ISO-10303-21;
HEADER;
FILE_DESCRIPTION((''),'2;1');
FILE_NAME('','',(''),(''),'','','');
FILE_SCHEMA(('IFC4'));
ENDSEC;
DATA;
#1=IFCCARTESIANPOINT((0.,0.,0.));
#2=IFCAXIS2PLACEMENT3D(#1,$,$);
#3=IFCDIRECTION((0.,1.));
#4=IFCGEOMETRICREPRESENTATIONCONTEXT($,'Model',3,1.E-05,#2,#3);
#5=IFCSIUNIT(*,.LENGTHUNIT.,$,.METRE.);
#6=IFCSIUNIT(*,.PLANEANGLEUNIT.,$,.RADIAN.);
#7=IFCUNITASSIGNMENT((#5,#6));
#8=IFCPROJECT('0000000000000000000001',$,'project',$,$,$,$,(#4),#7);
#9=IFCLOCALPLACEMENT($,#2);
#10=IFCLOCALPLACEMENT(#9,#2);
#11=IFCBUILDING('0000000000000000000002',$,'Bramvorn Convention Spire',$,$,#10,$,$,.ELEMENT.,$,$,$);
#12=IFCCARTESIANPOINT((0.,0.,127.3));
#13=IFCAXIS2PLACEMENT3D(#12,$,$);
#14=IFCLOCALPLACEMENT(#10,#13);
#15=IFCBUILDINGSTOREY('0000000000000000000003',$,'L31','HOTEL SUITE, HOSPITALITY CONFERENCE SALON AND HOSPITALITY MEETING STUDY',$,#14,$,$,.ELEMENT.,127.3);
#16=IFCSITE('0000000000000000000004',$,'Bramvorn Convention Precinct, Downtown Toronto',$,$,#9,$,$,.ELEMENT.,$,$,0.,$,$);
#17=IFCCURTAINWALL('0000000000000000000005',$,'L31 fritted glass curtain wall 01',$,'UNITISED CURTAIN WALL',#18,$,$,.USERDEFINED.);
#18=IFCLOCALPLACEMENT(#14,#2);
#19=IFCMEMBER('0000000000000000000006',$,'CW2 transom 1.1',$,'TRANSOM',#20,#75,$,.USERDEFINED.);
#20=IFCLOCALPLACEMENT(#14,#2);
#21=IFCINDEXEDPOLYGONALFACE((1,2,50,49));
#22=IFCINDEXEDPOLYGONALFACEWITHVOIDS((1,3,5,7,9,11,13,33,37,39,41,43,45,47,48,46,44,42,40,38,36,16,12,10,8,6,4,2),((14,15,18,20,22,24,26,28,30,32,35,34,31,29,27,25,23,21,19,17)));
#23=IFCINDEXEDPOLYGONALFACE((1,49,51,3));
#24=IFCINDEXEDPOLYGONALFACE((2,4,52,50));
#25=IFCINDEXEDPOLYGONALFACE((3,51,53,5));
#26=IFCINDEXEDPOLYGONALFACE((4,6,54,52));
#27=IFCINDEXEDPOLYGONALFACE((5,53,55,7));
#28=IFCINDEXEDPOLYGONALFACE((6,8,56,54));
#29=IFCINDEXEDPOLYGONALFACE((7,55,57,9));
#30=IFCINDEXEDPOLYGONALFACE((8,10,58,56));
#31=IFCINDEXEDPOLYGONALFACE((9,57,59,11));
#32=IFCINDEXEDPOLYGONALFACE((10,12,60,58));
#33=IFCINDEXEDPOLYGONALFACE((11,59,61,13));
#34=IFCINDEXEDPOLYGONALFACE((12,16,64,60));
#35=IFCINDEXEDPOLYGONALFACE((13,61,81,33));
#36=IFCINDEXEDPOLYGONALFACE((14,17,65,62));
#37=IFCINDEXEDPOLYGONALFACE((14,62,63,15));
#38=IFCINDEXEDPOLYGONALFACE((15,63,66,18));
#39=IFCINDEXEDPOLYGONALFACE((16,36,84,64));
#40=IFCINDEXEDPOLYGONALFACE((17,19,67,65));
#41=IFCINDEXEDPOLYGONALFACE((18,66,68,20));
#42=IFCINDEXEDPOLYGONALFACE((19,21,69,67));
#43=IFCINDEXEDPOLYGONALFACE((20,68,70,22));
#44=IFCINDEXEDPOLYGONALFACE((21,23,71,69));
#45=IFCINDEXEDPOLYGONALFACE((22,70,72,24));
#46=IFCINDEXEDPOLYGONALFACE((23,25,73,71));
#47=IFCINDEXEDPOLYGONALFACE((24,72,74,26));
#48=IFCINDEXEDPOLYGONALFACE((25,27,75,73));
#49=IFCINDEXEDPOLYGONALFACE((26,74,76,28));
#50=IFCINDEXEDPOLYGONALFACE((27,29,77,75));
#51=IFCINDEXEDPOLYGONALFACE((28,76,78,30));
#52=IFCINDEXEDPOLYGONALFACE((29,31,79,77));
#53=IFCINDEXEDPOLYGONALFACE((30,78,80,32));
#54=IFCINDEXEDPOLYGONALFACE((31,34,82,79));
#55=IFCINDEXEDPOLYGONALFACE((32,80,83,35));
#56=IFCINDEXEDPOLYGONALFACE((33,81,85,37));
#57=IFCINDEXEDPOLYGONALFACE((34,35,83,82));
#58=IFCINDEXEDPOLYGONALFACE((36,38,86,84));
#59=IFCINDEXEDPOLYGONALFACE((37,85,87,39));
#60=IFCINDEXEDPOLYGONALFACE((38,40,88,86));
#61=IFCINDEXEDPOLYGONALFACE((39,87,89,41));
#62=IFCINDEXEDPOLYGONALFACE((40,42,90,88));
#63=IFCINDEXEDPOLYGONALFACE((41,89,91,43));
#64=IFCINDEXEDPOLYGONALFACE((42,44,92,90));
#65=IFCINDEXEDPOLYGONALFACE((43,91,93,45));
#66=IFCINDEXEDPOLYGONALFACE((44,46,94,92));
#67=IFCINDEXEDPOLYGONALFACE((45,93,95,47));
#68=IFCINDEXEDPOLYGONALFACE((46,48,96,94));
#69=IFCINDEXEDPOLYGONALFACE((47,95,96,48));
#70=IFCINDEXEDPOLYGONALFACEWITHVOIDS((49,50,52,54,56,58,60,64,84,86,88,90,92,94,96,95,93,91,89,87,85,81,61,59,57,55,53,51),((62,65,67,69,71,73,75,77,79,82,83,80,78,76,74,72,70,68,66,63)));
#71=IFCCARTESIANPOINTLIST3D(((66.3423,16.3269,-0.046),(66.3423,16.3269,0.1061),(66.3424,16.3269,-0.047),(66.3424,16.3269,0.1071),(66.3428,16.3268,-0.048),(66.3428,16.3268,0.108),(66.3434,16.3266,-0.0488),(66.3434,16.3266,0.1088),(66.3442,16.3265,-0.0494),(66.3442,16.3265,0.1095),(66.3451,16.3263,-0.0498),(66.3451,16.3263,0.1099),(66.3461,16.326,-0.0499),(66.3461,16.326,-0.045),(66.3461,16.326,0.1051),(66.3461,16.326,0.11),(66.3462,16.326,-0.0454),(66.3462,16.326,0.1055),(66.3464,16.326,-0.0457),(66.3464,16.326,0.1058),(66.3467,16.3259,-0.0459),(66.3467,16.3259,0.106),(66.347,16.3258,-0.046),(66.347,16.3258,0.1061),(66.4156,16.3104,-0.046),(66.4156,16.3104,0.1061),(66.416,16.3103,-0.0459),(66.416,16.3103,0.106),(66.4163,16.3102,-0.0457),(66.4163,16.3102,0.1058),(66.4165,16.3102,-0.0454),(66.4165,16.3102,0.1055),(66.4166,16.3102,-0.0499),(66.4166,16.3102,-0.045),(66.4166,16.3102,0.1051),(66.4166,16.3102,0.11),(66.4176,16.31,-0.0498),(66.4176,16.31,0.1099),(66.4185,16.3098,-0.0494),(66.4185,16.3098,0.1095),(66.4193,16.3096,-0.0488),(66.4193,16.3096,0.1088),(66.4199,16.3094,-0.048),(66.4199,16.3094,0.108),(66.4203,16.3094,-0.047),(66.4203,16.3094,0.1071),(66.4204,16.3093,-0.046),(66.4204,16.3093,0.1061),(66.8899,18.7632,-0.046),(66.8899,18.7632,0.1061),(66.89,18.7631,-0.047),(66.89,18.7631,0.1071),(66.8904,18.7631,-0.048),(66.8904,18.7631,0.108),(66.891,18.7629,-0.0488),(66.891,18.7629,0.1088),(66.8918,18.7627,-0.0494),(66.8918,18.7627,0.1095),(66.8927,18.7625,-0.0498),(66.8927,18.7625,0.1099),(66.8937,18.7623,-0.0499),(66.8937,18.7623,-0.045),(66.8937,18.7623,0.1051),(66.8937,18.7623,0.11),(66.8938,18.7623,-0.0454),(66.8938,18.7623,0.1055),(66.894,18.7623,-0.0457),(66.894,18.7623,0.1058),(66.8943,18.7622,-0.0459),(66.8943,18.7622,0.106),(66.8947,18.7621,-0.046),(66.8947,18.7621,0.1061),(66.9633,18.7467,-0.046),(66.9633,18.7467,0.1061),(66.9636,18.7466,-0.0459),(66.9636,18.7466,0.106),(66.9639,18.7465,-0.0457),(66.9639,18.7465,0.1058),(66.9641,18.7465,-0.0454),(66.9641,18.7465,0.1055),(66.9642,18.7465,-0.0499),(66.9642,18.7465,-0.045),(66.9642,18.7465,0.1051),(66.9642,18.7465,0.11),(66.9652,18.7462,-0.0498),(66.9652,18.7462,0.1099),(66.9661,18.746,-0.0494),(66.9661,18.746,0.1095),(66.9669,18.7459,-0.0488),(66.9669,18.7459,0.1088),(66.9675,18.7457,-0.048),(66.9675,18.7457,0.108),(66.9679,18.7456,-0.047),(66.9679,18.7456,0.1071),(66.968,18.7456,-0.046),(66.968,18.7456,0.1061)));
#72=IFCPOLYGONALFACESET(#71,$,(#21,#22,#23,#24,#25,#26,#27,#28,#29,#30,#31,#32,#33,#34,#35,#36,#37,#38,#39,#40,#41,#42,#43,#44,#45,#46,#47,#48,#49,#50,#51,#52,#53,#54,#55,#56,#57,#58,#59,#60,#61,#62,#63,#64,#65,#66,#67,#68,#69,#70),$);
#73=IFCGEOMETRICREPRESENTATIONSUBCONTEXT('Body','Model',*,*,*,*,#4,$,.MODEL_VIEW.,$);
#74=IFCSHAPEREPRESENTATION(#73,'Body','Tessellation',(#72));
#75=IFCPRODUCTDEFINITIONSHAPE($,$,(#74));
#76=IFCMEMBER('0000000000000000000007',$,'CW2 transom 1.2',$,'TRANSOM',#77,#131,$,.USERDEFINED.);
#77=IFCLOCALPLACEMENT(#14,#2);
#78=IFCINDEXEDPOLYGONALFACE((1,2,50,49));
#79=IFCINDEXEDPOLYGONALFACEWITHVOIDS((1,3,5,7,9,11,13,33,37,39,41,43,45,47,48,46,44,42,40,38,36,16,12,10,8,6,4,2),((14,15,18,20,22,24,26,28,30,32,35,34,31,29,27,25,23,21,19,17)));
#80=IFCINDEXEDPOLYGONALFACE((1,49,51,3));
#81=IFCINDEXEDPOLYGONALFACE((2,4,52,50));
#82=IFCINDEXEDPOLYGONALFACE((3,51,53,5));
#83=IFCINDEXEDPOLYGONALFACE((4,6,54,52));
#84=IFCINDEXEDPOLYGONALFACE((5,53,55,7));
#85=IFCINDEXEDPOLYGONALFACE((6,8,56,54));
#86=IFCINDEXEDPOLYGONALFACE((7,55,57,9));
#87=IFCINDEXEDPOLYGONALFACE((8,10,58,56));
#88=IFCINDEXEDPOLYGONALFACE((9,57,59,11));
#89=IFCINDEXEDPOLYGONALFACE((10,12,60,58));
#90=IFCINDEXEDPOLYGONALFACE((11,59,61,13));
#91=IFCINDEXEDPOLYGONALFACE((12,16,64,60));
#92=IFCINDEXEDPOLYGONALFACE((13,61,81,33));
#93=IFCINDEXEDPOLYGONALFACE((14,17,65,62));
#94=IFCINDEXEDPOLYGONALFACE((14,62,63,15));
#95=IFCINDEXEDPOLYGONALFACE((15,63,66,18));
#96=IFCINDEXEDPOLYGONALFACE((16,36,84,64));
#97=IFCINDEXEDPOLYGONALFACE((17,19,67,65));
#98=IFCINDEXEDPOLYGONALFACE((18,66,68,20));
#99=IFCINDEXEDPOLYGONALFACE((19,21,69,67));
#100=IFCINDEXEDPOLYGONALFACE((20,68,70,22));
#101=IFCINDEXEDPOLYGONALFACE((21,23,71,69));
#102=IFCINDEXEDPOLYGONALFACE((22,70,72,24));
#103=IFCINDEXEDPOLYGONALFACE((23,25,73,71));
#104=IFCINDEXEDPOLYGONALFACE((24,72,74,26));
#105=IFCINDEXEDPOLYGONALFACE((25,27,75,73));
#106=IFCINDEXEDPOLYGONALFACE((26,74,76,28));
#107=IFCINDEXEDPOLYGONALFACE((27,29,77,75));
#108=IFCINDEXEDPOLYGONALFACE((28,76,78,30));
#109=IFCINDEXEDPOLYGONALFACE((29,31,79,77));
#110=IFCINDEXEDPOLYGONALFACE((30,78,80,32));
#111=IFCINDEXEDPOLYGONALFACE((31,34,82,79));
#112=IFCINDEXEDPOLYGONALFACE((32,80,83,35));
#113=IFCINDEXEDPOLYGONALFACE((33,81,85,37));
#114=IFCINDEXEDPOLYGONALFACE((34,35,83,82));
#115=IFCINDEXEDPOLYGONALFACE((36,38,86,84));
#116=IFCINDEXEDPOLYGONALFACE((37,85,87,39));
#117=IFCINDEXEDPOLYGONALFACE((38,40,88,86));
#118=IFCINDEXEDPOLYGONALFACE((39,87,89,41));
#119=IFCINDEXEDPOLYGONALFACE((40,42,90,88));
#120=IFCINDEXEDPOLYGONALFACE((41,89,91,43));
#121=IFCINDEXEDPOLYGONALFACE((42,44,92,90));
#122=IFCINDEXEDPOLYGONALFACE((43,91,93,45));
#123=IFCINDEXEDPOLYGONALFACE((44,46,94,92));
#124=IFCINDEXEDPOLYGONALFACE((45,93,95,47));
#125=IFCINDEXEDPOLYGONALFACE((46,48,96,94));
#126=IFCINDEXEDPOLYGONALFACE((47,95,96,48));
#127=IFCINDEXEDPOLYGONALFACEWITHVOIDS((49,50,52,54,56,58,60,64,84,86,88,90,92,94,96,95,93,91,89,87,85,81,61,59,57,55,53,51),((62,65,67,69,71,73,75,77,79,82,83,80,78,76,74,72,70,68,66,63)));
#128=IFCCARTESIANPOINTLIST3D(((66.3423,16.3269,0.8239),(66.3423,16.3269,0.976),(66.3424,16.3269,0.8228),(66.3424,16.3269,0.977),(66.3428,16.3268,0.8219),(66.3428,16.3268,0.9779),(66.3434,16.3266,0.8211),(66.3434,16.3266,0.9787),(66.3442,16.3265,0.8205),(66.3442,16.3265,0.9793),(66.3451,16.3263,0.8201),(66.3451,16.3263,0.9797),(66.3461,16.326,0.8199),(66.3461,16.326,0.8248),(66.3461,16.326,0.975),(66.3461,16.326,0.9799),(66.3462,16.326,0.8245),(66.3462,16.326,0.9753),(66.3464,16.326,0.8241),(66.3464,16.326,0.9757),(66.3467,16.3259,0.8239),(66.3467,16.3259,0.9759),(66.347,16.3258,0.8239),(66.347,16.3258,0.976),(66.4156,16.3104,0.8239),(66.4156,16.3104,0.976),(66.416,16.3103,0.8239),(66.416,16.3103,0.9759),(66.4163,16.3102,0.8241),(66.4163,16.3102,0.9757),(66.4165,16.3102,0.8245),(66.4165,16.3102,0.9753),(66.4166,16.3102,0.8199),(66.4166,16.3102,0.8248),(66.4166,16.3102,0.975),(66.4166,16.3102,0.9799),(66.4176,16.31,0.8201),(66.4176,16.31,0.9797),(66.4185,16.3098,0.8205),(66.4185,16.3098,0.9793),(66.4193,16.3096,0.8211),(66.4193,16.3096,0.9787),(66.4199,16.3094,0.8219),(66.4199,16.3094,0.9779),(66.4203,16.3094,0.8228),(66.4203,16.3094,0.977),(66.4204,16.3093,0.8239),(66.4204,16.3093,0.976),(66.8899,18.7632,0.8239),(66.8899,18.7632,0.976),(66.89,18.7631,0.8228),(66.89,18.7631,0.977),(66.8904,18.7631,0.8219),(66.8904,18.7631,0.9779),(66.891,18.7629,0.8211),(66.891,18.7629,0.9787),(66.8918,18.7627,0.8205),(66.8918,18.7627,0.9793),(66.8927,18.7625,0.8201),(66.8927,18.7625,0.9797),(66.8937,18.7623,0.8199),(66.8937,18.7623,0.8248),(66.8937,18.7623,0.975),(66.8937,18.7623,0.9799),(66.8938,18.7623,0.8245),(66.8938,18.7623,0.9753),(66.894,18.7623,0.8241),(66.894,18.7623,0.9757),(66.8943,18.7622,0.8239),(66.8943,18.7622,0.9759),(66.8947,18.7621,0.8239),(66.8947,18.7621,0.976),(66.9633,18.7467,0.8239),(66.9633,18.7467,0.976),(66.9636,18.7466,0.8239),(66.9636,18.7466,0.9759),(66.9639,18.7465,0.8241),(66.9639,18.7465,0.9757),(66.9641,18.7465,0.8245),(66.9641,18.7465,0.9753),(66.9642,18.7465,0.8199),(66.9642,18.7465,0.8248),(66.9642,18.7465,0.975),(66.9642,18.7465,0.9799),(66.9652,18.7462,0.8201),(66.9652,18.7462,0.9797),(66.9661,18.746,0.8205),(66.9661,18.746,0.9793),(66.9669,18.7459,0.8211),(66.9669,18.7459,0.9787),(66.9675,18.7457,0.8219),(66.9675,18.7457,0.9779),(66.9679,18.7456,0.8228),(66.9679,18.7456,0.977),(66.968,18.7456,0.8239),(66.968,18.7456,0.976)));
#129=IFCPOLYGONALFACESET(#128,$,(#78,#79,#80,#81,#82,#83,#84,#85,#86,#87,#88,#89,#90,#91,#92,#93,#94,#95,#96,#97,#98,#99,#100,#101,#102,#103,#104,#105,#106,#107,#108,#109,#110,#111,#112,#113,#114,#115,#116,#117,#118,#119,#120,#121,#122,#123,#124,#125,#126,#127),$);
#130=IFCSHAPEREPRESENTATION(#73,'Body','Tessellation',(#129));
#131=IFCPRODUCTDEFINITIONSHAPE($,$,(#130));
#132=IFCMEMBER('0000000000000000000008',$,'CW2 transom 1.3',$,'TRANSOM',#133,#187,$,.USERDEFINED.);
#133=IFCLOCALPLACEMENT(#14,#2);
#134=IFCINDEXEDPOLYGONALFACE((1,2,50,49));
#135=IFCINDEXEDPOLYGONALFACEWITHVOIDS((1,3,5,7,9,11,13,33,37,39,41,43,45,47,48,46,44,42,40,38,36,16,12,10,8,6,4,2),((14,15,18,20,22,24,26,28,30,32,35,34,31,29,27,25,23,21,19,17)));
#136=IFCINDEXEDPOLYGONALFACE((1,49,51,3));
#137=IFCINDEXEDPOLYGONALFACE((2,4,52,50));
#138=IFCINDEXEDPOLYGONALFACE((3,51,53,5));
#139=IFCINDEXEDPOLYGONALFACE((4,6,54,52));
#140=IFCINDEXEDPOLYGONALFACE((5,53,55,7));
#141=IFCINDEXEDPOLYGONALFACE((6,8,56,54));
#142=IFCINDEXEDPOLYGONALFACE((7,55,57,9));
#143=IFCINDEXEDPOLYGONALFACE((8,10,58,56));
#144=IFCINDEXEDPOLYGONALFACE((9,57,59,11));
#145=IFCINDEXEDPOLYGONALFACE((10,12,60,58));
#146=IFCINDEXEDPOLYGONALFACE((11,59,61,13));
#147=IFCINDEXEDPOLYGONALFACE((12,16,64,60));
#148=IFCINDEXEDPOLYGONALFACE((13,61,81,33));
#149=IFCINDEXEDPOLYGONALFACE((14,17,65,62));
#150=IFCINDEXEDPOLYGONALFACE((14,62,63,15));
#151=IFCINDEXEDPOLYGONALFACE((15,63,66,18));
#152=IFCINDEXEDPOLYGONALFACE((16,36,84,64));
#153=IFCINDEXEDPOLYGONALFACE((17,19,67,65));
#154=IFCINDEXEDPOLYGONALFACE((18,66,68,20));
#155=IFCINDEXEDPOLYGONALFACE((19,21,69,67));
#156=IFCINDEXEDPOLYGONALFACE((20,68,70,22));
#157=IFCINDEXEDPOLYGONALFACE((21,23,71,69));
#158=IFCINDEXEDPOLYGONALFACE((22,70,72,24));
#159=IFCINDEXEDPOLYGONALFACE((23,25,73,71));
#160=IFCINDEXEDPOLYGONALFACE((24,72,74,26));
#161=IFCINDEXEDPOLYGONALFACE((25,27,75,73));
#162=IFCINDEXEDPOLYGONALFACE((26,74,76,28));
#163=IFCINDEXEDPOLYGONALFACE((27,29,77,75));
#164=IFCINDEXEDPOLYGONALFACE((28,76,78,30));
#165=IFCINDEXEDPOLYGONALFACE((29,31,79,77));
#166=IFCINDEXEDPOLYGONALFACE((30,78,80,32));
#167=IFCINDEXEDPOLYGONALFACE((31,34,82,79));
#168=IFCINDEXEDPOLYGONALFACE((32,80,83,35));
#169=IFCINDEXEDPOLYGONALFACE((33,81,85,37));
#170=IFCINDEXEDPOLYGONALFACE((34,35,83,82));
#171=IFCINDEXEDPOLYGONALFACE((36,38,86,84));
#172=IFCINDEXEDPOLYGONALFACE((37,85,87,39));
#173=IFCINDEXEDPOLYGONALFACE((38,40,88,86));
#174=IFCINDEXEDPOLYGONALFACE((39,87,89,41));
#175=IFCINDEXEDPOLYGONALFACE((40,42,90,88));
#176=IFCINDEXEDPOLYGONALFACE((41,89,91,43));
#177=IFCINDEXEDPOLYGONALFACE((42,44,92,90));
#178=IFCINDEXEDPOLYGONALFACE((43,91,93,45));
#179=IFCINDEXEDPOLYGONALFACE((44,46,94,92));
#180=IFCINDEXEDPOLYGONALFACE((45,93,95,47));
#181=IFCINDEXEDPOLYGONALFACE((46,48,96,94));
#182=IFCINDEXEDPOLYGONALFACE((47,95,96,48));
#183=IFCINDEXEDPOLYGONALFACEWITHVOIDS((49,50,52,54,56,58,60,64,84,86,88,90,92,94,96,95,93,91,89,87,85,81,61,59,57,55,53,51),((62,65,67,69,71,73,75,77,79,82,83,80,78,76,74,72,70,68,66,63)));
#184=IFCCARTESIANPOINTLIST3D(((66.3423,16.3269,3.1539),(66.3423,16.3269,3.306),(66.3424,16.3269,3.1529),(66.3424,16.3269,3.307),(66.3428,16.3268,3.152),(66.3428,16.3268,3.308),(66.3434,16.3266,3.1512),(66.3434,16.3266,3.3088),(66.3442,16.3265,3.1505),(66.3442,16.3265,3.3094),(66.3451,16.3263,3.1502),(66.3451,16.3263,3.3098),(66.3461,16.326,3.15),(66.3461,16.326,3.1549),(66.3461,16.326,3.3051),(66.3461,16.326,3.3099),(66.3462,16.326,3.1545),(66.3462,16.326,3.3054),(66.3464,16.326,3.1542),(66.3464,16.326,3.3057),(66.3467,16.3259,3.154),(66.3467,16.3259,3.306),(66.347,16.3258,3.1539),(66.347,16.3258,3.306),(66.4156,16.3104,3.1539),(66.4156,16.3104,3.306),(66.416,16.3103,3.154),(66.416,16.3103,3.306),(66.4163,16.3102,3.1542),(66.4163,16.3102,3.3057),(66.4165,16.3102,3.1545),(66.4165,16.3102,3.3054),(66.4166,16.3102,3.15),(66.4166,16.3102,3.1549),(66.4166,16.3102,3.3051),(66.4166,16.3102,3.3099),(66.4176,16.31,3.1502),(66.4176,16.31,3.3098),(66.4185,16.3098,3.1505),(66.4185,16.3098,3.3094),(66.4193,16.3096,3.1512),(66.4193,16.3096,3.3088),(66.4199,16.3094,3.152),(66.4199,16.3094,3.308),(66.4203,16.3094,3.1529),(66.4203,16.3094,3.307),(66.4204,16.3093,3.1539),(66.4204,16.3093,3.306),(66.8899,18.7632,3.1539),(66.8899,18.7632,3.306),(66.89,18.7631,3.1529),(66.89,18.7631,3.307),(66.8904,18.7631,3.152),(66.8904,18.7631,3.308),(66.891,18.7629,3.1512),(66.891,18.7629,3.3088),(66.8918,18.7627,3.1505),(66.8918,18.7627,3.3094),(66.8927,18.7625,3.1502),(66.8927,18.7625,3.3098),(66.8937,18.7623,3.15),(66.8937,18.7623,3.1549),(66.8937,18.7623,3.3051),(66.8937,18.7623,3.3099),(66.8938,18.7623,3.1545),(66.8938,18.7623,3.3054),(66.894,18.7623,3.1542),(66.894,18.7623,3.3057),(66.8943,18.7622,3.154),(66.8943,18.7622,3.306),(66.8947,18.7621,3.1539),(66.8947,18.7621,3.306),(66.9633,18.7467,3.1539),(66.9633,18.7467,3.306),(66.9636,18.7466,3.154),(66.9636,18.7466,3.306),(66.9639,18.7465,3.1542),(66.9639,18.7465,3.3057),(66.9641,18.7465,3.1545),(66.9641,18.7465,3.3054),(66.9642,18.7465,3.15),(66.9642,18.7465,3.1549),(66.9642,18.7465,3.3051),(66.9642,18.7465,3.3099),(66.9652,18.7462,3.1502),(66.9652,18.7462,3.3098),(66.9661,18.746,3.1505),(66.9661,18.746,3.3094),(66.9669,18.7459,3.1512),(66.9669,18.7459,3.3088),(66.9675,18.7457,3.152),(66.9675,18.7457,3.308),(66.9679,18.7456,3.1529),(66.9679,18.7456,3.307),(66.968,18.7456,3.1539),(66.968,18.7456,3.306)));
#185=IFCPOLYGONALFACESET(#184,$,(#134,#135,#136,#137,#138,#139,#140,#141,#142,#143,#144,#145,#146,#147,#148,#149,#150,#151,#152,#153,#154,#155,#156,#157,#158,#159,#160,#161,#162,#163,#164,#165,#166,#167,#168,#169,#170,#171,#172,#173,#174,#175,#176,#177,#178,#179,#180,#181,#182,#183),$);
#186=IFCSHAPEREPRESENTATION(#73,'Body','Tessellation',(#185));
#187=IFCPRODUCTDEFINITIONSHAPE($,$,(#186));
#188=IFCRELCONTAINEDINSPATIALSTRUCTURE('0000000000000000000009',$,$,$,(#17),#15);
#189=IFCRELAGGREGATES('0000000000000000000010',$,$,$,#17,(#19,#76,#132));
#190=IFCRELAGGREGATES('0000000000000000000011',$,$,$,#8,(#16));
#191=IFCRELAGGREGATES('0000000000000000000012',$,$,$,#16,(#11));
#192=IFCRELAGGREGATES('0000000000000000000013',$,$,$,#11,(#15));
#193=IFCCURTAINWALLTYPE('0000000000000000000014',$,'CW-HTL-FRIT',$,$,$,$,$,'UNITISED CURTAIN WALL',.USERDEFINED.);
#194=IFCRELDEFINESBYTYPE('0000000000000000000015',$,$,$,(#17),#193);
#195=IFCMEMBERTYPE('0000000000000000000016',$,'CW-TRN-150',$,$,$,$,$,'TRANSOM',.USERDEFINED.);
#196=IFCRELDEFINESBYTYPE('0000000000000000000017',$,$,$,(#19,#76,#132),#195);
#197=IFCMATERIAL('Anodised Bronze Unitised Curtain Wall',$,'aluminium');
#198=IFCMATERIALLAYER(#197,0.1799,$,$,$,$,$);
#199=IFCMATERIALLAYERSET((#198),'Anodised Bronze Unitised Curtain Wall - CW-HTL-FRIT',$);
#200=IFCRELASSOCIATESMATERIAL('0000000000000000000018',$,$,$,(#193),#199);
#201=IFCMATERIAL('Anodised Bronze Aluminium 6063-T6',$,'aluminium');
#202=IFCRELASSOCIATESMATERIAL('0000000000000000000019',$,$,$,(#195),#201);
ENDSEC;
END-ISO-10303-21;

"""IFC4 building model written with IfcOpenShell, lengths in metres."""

from ifc_helpers import new_model, si_unit, direction, frame, origin, origin_2d, place, context, subcontext, project, spatial, hollow_rectangle, extrude, material, layer, layer_set, material_profile, profile_set, type_object, element, aggregate, save


model = new_model("IFC4")

# Units and contexts
model_context = context("Model", 3, precision=1e-05, world=origin(), true_north=direction((0.0, 1.0)))
body_context = subcontext(model_context, "Body", "Model", "MODEL_VIEW")
ifc_project = project(units=[si_unit("LENGTHUNIT", "METRE"), si_unit("PLANEANGLEUNIT", "RADIAN")], contexts=[model_context])

# Site, building, storey
site_placement = place(None, origin())
site = spatial("IfcSite", under=ifc_project, at=site_placement, Name="Bramvorn Convention Precinct, Downtown Toronto", CompositionType="ELEMENT", RefElevation=0.0)
building_placement = place(site_placement, origin())
building = spatial("IfcBuilding", under=site, at=building_placement, Name="Bramvorn Convention Spire", CompositionType="ELEMENT")
storey_placement = place(building_placement, frame((0.0, 0.0, 127.3)))
storey = spatial("IfcBuildingStorey", under=building, at=storey_placement, Name="L31", Description="HOTEL SUITE, HOSPITALITY CONFERENCE SALON AND HOSPITALITY MEETING STUDY", CompositionType="ELEMENT", Elevation=127.3)

# Curtain wall
ifc_material_1 = material(Name="Anodised Bronze Unitised Curtain Wall", Category="aluminium")
ifc_layer_1 = layer(ifc_material_1, 0.1799)
ifc_layer_set_1 = layer_set([ifc_layer_1], Name="Anodised Bronze Unitised Curtain Wall - CW-HTL-FRIT")
curtain_wall_type = type_object("IfcCurtainWallType", Name="CW-HTL-FRIT", ElementType="UNITISED CURTAIN WALL", PredefinedType="USERDEFINED", material=ifc_layer_set_1)
curtain_wall_1_placement = place(storey_placement, origin())
curtain_wall_1 = element("IfcCurtainWall", 1, at=curtain_wall_1_placement, inside=storey, type_object=curtain_wall_type, Name="L31 fritted glass curtain wall 01", ObjectType="UNITISED CURTAIN WALL", PredefinedType="USERDEFINED")
ifc_material_2 = material(Name="Anodised Bronze Aluminium 6063-T6", Category="aluminium")

# Members
ifc_material_profile_1 = material_profile(ifc_material_2, hollow_rectangle(XDim=0.0801, YDim=0.1599, WallThickness=0.0039, InnerFilletRadius=0.001, OuterFilletRadius=0.0039, at=origin_2d()))
ifc_profile_set_1 = profile_set([ifc_material_profile_1], Name="Anodised Bronze Aluminium 6063-T6 - CWT80X160")
member_type_1 = type_object("IfcMemberType", Name="CW-TRN-150", ElementType="TRANSOM", PredefinedType="USERDEFINED", material=ifc_profile_set_1)
member_1_placement = place(storey_placement, frame((66.929, 18.7544, 0.03), z_axis=(-0.2193, -0.975657, 0.0), x_axis=(0.975657, -0.2193, 0.0)))
member_1 = element("IfcMember", 2, at=member_1_placement, type_object=member_type_1, Name="CW2 transom 1.1", ObjectType="TRANSOM", PredefinedType="USERDEFINED", context=body_context, shape_type="SweptSolid", body=[
    extrude(hollow_rectangle(XDim=0.0801, YDim=0.1599, WallThickness=0.0039, InnerFilletRadius=0.001, OuterFilletRadius=0.0039, at=origin_2d()), origin(), (0.0, 0.0, 1.0), 2.4971),
])
member_2_placement = place(storey_placement, frame((66.929, 18.7544, 0.8999), z_axis=(-0.2193, -0.975657, 0.0), x_axis=(0.975657, -0.2193, 0.0)))
member_2 = element("IfcMember", 3, at=member_2_placement, type_object=member_type_1, Name="CW2 transom 1.2", ObjectType="TRANSOM", PredefinedType="USERDEFINED", context=body_context, shape_type="SweptSolid", body=[
    extrude(hollow_rectangle(XDim=0.0801, YDim=0.1599, WallThickness=0.0039, InnerFilletRadius=0.001, OuterFilletRadius=0.0039, at=origin_2d()), origin(), (0.0, 0.0, 1.0), 2.4971),
])
member_3_placement = place(storey_placement, frame((66.929, 18.7544, 3.23), z_axis=(-0.2193, -0.975657, 0.0), x_axis=(0.975657, -0.2193, 0.0)))
member_3 = element("IfcMember", 4, at=member_3_placement, type_object=member_type_1, Name="CW2 transom 1.3", ObjectType="TRANSOM", PredefinedType="USERDEFINED", context=body_context, shape_type="SweptSolid", body=[
    extrude(hollow_rectangle(XDim=0.0801, YDim=0.1599, WallThickness=0.0039, InnerFilletRadius=0.001, OuterFilletRadius=0.0039, at=origin_2d()), origin(), (0.0, 0.0, 1.0), 2.4971),
])

aggregate(curtain_wall_1, [member_1, member_2, member_3])

save(model, "model.ifc")
